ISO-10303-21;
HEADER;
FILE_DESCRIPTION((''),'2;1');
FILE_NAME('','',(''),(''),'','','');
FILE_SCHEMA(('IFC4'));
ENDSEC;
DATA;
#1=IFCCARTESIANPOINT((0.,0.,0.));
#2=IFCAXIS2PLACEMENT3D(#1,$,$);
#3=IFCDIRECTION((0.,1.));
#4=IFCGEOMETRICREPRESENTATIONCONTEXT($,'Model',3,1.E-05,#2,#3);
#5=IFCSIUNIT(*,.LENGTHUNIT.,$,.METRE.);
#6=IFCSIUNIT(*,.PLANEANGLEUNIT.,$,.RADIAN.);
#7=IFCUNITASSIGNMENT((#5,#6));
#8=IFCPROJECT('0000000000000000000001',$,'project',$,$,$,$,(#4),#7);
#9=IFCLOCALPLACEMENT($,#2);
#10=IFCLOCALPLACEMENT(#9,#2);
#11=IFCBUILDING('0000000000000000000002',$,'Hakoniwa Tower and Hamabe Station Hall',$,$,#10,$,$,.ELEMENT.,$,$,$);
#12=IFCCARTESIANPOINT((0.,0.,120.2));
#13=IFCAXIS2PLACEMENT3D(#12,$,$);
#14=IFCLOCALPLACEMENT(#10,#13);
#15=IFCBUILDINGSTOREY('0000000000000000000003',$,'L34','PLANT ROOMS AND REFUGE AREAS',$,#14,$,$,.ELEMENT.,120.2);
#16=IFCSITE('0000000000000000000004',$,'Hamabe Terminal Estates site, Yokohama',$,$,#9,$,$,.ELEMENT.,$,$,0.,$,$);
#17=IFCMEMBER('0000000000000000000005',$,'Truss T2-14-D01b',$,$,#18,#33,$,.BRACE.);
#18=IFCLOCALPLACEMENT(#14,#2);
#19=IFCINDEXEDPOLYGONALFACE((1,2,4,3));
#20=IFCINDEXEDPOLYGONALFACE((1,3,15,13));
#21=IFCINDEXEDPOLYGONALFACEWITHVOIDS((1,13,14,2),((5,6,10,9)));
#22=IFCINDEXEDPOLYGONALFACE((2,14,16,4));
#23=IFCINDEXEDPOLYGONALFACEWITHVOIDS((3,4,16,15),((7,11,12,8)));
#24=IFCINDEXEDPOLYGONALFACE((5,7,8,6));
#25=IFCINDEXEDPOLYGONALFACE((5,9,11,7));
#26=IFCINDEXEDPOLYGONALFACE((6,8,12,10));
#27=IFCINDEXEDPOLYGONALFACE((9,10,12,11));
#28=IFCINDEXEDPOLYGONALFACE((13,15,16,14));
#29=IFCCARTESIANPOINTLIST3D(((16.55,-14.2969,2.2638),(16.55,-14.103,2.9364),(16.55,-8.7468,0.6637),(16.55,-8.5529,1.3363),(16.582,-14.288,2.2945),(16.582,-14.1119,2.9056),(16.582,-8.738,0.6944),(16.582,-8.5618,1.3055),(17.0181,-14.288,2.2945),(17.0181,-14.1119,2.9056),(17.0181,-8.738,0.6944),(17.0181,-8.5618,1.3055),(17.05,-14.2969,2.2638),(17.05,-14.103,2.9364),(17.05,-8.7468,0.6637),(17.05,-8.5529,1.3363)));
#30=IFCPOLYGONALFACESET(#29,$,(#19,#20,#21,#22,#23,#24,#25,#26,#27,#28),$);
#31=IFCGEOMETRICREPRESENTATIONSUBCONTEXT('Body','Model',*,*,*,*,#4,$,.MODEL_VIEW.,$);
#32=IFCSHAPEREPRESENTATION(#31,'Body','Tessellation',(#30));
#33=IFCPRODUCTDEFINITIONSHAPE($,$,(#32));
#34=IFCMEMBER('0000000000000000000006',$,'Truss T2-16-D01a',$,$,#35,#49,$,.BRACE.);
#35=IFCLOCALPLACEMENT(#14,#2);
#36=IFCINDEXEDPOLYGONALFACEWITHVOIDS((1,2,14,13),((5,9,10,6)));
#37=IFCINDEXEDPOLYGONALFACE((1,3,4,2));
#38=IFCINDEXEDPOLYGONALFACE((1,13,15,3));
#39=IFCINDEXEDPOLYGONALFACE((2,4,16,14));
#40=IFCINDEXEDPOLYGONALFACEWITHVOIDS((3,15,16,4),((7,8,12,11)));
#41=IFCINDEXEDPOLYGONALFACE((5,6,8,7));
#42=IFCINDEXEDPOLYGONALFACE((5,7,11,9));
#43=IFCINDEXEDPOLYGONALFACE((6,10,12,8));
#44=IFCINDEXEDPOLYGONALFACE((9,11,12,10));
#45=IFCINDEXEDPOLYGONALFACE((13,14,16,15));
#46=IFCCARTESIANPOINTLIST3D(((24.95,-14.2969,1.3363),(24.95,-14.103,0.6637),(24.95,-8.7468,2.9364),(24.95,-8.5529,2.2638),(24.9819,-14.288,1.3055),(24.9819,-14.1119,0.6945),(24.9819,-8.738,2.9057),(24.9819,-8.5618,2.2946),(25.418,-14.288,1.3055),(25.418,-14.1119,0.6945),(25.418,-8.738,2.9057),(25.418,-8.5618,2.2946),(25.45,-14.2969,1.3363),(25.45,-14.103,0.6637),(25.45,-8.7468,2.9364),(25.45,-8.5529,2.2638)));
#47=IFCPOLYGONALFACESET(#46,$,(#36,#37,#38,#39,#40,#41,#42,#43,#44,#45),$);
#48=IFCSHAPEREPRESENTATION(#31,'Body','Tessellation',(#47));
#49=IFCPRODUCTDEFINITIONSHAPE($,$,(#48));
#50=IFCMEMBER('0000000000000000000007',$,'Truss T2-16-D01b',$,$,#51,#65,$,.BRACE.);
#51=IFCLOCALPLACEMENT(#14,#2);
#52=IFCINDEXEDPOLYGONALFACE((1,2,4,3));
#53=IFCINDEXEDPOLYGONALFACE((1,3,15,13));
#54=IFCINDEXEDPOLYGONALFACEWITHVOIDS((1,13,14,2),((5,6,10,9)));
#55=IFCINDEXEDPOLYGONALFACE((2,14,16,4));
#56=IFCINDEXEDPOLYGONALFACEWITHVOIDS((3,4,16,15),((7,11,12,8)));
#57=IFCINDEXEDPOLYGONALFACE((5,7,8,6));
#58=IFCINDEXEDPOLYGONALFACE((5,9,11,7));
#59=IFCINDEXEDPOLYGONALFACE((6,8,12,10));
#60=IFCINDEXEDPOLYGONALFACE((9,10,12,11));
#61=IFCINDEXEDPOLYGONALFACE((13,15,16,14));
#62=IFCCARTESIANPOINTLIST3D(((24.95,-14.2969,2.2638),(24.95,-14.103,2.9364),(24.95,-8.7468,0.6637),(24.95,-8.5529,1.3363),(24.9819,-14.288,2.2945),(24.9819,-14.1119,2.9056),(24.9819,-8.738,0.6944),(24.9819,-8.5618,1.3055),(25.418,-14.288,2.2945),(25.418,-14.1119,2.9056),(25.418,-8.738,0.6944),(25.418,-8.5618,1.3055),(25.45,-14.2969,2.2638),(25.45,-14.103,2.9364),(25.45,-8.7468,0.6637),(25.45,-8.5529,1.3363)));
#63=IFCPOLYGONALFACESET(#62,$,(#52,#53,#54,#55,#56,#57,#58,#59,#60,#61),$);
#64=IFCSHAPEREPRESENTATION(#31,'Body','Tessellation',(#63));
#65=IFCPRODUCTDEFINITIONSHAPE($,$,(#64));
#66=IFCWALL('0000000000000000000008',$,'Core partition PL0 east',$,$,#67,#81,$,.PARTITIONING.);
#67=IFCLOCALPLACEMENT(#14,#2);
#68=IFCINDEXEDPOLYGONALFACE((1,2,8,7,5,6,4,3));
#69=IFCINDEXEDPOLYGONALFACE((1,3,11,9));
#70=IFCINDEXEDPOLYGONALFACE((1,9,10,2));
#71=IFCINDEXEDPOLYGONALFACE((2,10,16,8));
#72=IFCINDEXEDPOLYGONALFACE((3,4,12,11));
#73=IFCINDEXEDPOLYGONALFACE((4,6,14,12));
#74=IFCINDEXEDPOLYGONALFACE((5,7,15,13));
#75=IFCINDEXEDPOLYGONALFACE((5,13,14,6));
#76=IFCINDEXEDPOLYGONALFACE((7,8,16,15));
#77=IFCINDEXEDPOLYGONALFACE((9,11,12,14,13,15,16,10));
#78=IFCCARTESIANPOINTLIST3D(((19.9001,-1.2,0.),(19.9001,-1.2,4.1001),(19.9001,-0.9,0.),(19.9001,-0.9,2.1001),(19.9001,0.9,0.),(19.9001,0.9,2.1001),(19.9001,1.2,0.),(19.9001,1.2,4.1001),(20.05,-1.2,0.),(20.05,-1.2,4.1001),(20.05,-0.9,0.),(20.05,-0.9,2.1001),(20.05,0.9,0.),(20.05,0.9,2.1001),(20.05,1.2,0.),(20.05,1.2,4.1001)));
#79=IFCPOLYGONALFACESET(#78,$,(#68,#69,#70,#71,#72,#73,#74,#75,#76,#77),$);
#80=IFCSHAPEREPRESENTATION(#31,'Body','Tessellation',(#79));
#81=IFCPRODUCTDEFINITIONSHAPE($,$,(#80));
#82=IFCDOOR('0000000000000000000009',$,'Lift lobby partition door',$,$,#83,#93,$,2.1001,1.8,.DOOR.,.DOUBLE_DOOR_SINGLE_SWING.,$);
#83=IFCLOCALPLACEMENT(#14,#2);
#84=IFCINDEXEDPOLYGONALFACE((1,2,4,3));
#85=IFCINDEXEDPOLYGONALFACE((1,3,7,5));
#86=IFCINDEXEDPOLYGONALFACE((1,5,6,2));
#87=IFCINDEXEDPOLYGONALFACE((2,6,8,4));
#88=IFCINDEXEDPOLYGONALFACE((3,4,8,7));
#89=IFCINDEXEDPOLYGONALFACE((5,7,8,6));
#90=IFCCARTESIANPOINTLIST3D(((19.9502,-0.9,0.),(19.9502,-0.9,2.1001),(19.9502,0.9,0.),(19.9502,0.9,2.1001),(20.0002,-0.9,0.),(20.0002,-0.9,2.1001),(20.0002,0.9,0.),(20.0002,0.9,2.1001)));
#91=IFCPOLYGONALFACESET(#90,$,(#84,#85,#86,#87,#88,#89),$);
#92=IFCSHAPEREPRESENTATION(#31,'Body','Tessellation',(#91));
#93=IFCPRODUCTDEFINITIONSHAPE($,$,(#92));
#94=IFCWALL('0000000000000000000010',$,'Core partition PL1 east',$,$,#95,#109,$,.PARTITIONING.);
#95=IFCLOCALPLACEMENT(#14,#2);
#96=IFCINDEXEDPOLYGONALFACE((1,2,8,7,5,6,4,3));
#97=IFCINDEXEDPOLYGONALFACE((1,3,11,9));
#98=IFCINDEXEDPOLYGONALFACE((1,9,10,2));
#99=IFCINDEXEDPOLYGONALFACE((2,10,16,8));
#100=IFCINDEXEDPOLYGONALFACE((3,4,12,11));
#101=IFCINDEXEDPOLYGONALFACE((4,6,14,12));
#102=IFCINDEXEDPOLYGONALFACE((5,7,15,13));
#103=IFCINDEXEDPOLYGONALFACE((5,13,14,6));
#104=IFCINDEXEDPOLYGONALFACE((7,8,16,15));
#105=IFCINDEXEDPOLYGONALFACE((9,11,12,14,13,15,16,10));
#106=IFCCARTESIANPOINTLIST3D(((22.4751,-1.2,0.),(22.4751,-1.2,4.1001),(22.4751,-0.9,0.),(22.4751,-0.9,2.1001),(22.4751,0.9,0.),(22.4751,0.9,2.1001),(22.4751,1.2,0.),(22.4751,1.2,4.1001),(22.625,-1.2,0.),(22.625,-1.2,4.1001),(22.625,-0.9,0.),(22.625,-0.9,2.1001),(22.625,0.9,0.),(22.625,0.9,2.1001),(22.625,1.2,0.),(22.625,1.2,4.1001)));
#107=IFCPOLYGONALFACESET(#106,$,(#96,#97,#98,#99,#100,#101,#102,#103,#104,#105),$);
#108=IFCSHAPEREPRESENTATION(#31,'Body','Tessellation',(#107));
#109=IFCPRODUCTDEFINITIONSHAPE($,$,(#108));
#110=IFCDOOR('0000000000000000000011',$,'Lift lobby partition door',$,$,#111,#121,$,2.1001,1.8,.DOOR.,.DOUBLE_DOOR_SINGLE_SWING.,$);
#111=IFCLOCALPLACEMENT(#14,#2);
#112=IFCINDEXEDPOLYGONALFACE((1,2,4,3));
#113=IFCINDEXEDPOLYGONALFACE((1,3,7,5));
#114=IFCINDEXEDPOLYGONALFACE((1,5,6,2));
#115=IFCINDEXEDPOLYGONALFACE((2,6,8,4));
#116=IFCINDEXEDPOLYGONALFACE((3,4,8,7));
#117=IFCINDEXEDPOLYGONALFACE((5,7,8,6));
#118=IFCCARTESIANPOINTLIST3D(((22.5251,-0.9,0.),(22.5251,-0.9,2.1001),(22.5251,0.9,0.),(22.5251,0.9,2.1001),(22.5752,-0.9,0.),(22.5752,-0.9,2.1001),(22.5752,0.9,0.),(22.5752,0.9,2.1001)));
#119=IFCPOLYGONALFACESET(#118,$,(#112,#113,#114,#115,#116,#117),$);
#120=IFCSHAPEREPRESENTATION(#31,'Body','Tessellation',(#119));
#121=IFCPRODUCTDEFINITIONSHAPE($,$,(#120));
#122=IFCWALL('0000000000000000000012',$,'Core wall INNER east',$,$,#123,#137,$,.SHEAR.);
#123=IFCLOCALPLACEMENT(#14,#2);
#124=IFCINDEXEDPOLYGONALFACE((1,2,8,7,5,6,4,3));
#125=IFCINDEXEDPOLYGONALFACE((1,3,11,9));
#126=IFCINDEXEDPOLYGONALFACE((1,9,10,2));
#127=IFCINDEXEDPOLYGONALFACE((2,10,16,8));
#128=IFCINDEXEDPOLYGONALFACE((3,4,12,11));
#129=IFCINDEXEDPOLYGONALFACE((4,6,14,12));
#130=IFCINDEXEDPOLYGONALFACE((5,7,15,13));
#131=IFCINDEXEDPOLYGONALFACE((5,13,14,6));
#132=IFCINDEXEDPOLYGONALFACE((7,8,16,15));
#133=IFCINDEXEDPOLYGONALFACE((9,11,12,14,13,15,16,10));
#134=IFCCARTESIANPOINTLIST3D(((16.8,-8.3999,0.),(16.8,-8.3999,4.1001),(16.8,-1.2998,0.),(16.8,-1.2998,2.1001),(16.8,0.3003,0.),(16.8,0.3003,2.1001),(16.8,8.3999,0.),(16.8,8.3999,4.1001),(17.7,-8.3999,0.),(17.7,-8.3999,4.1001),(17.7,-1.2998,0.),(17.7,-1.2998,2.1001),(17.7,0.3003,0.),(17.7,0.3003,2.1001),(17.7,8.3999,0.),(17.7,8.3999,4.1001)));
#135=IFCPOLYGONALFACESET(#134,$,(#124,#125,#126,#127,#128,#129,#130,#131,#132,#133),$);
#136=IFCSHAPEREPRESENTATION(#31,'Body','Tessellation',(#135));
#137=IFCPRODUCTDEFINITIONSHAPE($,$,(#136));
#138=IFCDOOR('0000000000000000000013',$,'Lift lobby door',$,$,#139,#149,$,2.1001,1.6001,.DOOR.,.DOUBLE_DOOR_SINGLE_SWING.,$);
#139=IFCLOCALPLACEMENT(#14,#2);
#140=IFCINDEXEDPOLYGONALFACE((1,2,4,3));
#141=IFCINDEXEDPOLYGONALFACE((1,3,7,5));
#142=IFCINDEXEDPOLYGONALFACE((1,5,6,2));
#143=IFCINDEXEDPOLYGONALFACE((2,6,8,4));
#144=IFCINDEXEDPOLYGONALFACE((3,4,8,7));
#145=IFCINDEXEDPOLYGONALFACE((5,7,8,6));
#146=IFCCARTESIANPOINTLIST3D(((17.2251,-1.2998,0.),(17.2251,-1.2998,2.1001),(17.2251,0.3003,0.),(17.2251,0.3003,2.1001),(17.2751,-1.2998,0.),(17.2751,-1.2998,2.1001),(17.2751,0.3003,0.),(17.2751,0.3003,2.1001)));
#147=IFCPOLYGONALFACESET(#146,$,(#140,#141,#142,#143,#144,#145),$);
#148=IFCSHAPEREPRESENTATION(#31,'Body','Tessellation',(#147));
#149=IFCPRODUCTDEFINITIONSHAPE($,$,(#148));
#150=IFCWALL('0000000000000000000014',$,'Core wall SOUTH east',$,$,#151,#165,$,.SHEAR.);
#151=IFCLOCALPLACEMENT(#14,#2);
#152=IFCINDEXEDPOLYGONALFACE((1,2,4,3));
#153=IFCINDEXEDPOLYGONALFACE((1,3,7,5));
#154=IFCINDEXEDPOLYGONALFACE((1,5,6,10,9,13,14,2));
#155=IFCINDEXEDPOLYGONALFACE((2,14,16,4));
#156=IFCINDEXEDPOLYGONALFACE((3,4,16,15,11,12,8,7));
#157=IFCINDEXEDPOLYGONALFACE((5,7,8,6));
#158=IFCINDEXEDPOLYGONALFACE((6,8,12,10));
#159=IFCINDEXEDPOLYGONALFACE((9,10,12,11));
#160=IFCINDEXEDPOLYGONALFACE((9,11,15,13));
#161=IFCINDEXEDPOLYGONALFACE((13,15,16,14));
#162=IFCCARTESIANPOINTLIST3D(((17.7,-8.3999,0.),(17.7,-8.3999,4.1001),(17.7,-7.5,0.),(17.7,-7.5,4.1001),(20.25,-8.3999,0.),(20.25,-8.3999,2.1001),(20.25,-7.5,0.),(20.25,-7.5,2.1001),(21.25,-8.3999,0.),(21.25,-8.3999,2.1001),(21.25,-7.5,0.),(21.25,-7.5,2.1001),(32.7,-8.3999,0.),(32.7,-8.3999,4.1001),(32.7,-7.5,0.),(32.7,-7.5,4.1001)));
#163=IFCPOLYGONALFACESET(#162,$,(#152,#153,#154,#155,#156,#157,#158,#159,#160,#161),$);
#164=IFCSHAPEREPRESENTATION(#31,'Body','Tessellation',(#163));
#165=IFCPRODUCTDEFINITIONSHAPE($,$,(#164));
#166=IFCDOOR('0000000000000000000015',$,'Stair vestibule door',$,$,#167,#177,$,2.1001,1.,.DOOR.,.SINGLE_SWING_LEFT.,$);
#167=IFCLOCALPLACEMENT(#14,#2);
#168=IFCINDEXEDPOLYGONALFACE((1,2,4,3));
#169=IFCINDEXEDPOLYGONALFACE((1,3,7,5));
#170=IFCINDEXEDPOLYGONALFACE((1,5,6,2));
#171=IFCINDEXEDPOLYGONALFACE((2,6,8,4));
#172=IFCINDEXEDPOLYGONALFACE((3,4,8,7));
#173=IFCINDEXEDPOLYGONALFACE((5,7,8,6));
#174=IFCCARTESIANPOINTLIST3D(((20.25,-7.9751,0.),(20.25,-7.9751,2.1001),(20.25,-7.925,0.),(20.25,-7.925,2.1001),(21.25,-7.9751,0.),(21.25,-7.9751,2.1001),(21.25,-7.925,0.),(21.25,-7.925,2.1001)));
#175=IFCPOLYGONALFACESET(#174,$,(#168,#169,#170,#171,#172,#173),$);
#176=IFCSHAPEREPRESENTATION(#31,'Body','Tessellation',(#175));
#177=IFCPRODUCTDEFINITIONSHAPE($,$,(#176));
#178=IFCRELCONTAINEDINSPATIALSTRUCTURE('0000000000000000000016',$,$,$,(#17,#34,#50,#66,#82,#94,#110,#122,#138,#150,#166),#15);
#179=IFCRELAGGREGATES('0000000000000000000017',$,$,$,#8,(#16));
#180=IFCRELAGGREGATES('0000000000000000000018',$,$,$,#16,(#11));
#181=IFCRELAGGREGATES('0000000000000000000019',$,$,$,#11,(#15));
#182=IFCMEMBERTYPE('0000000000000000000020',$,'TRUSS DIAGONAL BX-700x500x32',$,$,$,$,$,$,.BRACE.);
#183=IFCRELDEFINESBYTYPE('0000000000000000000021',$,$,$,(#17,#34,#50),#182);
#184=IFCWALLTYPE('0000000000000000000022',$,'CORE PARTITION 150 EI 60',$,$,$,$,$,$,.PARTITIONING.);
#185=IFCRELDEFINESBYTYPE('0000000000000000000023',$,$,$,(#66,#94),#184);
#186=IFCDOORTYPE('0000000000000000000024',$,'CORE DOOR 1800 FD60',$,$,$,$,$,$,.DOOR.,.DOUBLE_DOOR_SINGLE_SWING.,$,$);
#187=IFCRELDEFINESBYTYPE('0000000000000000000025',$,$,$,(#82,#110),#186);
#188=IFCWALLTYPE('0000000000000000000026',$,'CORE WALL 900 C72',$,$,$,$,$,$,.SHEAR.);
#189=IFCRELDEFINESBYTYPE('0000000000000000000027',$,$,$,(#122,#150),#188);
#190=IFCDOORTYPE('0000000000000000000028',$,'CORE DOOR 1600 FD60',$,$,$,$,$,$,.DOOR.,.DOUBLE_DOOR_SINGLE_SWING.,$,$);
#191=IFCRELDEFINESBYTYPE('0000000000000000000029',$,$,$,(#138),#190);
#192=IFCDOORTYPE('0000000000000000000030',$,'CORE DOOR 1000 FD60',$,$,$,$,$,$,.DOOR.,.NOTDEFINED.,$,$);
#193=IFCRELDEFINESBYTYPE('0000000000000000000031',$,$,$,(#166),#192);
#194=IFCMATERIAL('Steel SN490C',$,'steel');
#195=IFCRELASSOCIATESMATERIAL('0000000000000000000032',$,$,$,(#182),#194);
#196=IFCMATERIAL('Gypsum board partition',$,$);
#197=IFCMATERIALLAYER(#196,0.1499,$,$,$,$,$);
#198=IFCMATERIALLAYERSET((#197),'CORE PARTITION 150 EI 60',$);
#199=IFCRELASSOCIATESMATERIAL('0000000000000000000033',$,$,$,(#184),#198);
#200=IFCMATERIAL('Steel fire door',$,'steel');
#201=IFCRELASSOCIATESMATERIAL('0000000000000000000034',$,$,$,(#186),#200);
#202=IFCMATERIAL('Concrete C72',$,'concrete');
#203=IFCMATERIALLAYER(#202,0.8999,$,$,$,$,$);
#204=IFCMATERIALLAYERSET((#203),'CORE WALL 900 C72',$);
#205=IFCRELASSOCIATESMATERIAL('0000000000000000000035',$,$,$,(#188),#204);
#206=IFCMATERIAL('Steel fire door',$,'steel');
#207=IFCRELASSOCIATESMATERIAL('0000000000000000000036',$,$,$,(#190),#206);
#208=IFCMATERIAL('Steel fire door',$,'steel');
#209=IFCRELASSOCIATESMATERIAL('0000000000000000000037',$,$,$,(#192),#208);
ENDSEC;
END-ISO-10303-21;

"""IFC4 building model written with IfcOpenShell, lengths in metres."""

from ifc_helpers import new_model, si_unit, direction, frame, frame_2d, origin, origin_2d, place, context, subcontext, project, spatial, rectangle, hollow_rectangle, extrude, material, layer, layer_set, material_profile, profile_set, type_object, element, fill, save


model = new_model("IFC4")

# Units and contexts
model_context = context("Model", 3, precision=1e-05, world=origin(), true_north=direction((0.0, 1.0)))
body_context = subcontext(model_context, "Body", "Model", "MODEL_VIEW")
ifc_project = project(units=[si_unit("LENGTHUNIT", "METRE"), si_unit("PLANEANGLEUNIT", "RADIAN")], contexts=[model_context])

# Site, building, storey
site_placement = place(None, origin())
site = spatial("IfcSite", under=ifc_project, at=site_placement, Name="Hamabe Terminal Estates site, Yokohama", CompositionType="ELEMENT", RefElevation=0.0)
building_placement = place(site_placement, origin())
building = spatial("IfcBuilding", under=site, at=building_placement, Name="Hakoniwa Tower and Hamabe Station Hall", CompositionType="ELEMENT")
storey_placement = place(building_placement, frame((0.0, 0.0, 120.2)))
storey = spatial("IfcBuildingStorey", under=building, at=storey_placement, Name="L34", Description="PLANT ROOMS AND REFUGE AREAS", CompositionType="ELEMENT", Elevation=120.2)

# Members
ifc_material_1 = material(Name="Steel SN490C", Category="steel")
ifc_material_profile_1 = material_profile(ifc_material_1, hollow_rectangle(XDim=0.5, YDim=0.7, WallThickness=0.032, at=origin_2d()), Name="BX-700x500x32")
ifc_profile_set_1 = profile_set([ifc_material_profile_1], Name="Steel SN490C")
member_type = type_object("IfcMemberType", Name="TRUSS DIAGONAL BX-700x500x32", PredefinedType="BRACE", material=ifc_profile_set_1)
for number, where, z_axis, x_axis, name in (
    (1, (16.8, -14.2, 2.6001), (0.0, 0.960864, -0.27702), (-1.0, 0.0, 0.0), "Truss T2-14-D01b"),
    (2, (25.2, -14.2, 1.0), (0.0, 0.960864, 0.27702), (-1.0, 0.0, 0.0), "Truss T2-16-D01a"),
    (3, (25.2, -14.2, 2.6001), (0.0, 0.960864, -0.27702), (-1.0, 0.0, 0.0), "Truss T2-16-D01b"),
):
    element("IfcMember", number, at=place(storey_placement, frame(where, z_axis=z_axis, x_axis=x_axis)), inside=storey, type_object=member_type, Name=name, PredefinedType="BRACE", context=body_context, shape_type="SweptSolid", body=[
        extrude(hollow_rectangle(XDim=0.5, YDim=0.7, WallThickness=0.032, at=origin_2d()), origin(), (0.0, 0.0, 1.0), 5.7761),
    ])

# Walls, openings, doors
ifc_material_2 = material(Name="Gypsum board partition")
ifc_layer_1 = layer(ifc_material_2, 0.1499)
ifc_layer_set_1 = layer_set([ifc_layer_1], Name="CORE PARTITION 150 EI 60")
wall_type_1 = type_object("IfcWallType", Name="CORE PARTITION 150 EI 60", PredefinedType="PARTITIONING", material=ifc_layer_set_1)
wall_1_placement = place(storey_placement, frame((19.9751, -1.2, 0.0), z_axis=(0.0, 0.0, 1.0), x_axis=(0.0, 1.0, 0.0)))
wall_1 = element("IfcWall", 4, at=wall_1_placement, inside=storey, type_object=wall_type_1, Name="Core partition PL0 east", PredefinedType="PARTITIONING", context=body_context, shape_type="SweptSolid", body=[
    extrude(rectangle(XDim=2.3999, YDim=0.1499, at=frame_2d((1.2, 0.0))), origin(), (0.0, 0.0, 1.0), 4.1001),
])
opening_1_placement = place(wall_1_placement, frame((0.3, 0.0, 0.0)))
opening_1 = element("IfcOpeningElement", 5, at=opening_1_placement, cuts=wall_1, PredefinedType="OPENING", context=body_context, shape_type="SweptSolid", body=[
    extrude(rectangle(XDim=1.8, YDim=2.1001, at=frame_2d((0.8999, 1.05))), frame((0.0, 0.085, 0.0), z_axis=(0.0, -1.0, 0.0), x_axis=(1.0, 0.0, 0.0)), (0.0, 0.0, 1.0), 0.1699),
])
ifc_material_3 = material(Name="Steel fire door", Category="steel")
door_type_1 = type_object("IfcDoorType", Name="CORE DOOR 1800 FD60", OperationType="DOUBLE_DOOR_SINGLE_SWING", PredefinedType="DOOR", material=ifc_material_3)
door_1_placement = place(opening_1_placement, origin())
door_1 = element("IfcDoor", 6, at=door_1_placement, inside=storey, type_object=door_type_1, Name="Lift lobby partition door", OperationType="DOUBLE_DOOR_SINGLE_SWING", OverallHeight=2.1001, OverallWidth=1.8, PredefinedType="DOOR", context=body_context, shape_type="SweptSolid", body=[
    extrude(rectangle(XDim=1.8, YDim=2.1001, at=frame_2d((0.8999, 1.05))), frame((0.0, 0.0249, 0.0), z_axis=(0.0, -1.0, 0.0), x_axis=(1.0, 0.0, 0.0)), (0.0, 0.0, 1.0), 0.05),
])
fill(opening_1, door_1)
wall_2_placement = place(storey_placement, frame((22.55, -1.2, 0.0), z_axis=(0.0, 0.0, 1.0), x_axis=(0.0, 1.0, 0.0)))
wall_2 = element("IfcWall", 7, at=wall_2_placement, inside=storey, type_object=wall_type_1, Name="Core partition PL1 east", PredefinedType="PARTITIONING", context=body_context, shape_type="SweptSolid", body=[
    extrude(rectangle(XDim=2.3999, YDim=0.1499, at=frame_2d((1.2, 0.0))), origin(), (0.0, 0.0, 1.0), 4.1001),
])
opening_2_placement = place(wall_2_placement, frame((0.3, 0.0, 0.0)))
opening_2 = element("IfcOpeningElement", 8, at=opening_2_placement, cuts=wall_2, PredefinedType="OPENING", context=body_context, shape_type="SweptSolid", body=[
    extrude(rectangle(XDim=1.8, YDim=2.1001, at=frame_2d((0.8999, 1.05))), frame((0.0, 0.085, 0.0), z_axis=(0.0, -1.0, 0.0), x_axis=(1.0, 0.0, 0.0)), (0.0, 0.0, 1.0), 0.1699),
])
door_2_placement = place(opening_2_placement, origin())
door_2 = element("IfcDoor", 9, at=door_2_placement, inside=storey, type_object=door_type_1, Name="Lift lobby partition door", OperationType="DOUBLE_DOOR_SINGLE_SWING", OverallHeight=2.1001, OverallWidth=1.8, PredefinedType="DOOR", context=body_context, shape_type="SweptSolid", body=[
    extrude(rectangle(XDim=1.8, YDim=2.1001, at=frame_2d((0.8999, 1.05))), frame((0.0, 0.0249, 0.0), z_axis=(0.0, -1.0, 0.0), x_axis=(1.0, 0.0, 0.0)), (0.0, 0.0, 1.0), 0.05),
])
fill(opening_2, door_2)
ifc_material_4 = material(Name="Concrete C72", Category="concrete")
ifc_layer_2 = layer(ifc_material_4, 0.8999)
ifc_layer_set_2 = layer_set([ifc_layer_2], Name="CORE WALL 900 C72")
wall_type_2 = type_object("IfcWallType", Name="CORE WALL 900 C72", PredefinedType="SHEAR", material=ifc_layer_set_2)
wall_3_placement = place(storey_placement, frame((17.25, -8.3999, 0.0), z_axis=(0.0, 0.0, 1.0), x_axis=(0.0, 1.0, 0.0)))
wall_3 = element("IfcWall", 10, at=wall_3_placement, inside=storey, type_object=wall_type_2, Name="Core wall INNER east", PredefinedType="SHEAR", context=body_context, shape_type="SweptSolid", body=[
    extrude(rectangle(XDim=16.7998, YDim=0.8999, at=frame_2d((8.3999, 0.0))), origin(), (0.0, 0.0, 1.0), 4.1001),
])
opening_3_placement = place(wall_3_placement, frame((7.1001, 0.0, 0.0)))
opening_3 = element("IfcOpeningElement", 11, at=opening_3_placement, cuts=wall_3, PredefinedType="OPENING", context=body_context, shape_type="SweptSolid", body=[
    extrude(rectangle(XDim=1.6001, YDim=2.1001, at=frame_2d((0.8, 1.05))), frame((0.0, 0.46, 0.0), z_axis=(0.0, -1.0, 0.0), x_axis=(1.0, 0.0, 0.0)), (0.0, 0.0, 1.0), 0.9199),
])
ifc_material_5 = material(Name="Steel fire door", Category="steel")
door_type_2 = type_object("IfcDoorType", Name="CORE DOOR 1600 FD60", OperationType="DOUBLE_DOOR_SINGLE_SWING", PredefinedType="DOOR", material=ifc_material_5)
door_3_placement = place(opening_3_placement, origin())
door_3 = element("IfcDoor", 12, at=door_3_placement, inside=storey, type_object=door_type_2, Name="Lift lobby door", OperationType="DOUBLE_DOOR_SINGLE_SWING", OverallHeight=2.1001, OverallWidth=1.6001, PredefinedType="DOOR", context=body_context, shape_type="SweptSolid", body=[
    extrude(rectangle(XDim=1.6001, YDim=2.1001, at=frame_2d((0.8, 1.05))), frame((0.0, 0.0249, 0.0), z_axis=(0.0, -1.0, 0.0), x_axis=(1.0, 0.0, 0.0)), (0.0, 0.0, 1.0), 0.05),
])
fill(opening_3, door_3)
wall_4_placement = place(storey_placement, frame((17.7, -7.95, 0.0), z_axis=(0.0, 0.0, 1.0), x_axis=(1.0, 0.0, 0.0)))
wall_4 = element("IfcWall", 13, at=wall_4_placement, inside=storey, type_object=wall_type_2, Name="Core wall SOUTH east", PredefinedType="SHEAR", context=body_context, shape_type="SweptSolid", body=[
    extrude(rectangle(XDim=15.0, YDim=0.8999, at=frame_2d((7.5, 0.0))), origin(), (0.0, 0.0, 1.0), 4.1001),
])
opening_4_placement = place(wall_4_placement, frame((2.55, 0.0, 0.0)))
opening_4 = element("IfcOpeningElement", 14, at=opening_4_placement, cuts=wall_4, PredefinedType="OPENING", context=body_context, shape_type="SweptSolid", body=[
    extrude(rectangle(XDim=1.0, YDim=2.1001, at=frame_2d((0.5, 1.05))), frame((0.0, 0.46, 0.0), z_axis=(0.0, -1.0, 0.0), x_axis=(1.0, 0.0, 0.0)), (0.0, 0.0, 1.0), 0.9199),
])
ifc_material_6 = material(Name="Steel fire door", Category="steel")
door_type_3 = type_object("IfcDoorType", Name="CORE DOOR 1000 FD60", OperationType="NOTDEFINED", PredefinedType="DOOR", material=ifc_material_6)
door_4_placement = place(opening_4_placement, origin())
door_4 = element("IfcDoor", 15, at=door_4_placement, inside=storey, type_object=door_type_3, Name="Stair vestibule door", OperationType="SINGLE_SWING_LEFT", OverallHeight=2.1001, OverallWidth=1.0, PredefinedType="DOOR", context=body_context, shape_type="SweptSolid", body=[
    extrude(rectangle(XDim=1.0, YDim=2.1001, at=frame_2d((0.5, 1.05))), frame((0.0, 0.0249, 0.0), z_axis=(0.0, -1.0, 0.0), x_axis=(1.0, 0.0, 0.0)), (0.0, 0.0, 1.0), 0.05),
])
fill(opening_4, door_4)

save(model, "model.ifc")
